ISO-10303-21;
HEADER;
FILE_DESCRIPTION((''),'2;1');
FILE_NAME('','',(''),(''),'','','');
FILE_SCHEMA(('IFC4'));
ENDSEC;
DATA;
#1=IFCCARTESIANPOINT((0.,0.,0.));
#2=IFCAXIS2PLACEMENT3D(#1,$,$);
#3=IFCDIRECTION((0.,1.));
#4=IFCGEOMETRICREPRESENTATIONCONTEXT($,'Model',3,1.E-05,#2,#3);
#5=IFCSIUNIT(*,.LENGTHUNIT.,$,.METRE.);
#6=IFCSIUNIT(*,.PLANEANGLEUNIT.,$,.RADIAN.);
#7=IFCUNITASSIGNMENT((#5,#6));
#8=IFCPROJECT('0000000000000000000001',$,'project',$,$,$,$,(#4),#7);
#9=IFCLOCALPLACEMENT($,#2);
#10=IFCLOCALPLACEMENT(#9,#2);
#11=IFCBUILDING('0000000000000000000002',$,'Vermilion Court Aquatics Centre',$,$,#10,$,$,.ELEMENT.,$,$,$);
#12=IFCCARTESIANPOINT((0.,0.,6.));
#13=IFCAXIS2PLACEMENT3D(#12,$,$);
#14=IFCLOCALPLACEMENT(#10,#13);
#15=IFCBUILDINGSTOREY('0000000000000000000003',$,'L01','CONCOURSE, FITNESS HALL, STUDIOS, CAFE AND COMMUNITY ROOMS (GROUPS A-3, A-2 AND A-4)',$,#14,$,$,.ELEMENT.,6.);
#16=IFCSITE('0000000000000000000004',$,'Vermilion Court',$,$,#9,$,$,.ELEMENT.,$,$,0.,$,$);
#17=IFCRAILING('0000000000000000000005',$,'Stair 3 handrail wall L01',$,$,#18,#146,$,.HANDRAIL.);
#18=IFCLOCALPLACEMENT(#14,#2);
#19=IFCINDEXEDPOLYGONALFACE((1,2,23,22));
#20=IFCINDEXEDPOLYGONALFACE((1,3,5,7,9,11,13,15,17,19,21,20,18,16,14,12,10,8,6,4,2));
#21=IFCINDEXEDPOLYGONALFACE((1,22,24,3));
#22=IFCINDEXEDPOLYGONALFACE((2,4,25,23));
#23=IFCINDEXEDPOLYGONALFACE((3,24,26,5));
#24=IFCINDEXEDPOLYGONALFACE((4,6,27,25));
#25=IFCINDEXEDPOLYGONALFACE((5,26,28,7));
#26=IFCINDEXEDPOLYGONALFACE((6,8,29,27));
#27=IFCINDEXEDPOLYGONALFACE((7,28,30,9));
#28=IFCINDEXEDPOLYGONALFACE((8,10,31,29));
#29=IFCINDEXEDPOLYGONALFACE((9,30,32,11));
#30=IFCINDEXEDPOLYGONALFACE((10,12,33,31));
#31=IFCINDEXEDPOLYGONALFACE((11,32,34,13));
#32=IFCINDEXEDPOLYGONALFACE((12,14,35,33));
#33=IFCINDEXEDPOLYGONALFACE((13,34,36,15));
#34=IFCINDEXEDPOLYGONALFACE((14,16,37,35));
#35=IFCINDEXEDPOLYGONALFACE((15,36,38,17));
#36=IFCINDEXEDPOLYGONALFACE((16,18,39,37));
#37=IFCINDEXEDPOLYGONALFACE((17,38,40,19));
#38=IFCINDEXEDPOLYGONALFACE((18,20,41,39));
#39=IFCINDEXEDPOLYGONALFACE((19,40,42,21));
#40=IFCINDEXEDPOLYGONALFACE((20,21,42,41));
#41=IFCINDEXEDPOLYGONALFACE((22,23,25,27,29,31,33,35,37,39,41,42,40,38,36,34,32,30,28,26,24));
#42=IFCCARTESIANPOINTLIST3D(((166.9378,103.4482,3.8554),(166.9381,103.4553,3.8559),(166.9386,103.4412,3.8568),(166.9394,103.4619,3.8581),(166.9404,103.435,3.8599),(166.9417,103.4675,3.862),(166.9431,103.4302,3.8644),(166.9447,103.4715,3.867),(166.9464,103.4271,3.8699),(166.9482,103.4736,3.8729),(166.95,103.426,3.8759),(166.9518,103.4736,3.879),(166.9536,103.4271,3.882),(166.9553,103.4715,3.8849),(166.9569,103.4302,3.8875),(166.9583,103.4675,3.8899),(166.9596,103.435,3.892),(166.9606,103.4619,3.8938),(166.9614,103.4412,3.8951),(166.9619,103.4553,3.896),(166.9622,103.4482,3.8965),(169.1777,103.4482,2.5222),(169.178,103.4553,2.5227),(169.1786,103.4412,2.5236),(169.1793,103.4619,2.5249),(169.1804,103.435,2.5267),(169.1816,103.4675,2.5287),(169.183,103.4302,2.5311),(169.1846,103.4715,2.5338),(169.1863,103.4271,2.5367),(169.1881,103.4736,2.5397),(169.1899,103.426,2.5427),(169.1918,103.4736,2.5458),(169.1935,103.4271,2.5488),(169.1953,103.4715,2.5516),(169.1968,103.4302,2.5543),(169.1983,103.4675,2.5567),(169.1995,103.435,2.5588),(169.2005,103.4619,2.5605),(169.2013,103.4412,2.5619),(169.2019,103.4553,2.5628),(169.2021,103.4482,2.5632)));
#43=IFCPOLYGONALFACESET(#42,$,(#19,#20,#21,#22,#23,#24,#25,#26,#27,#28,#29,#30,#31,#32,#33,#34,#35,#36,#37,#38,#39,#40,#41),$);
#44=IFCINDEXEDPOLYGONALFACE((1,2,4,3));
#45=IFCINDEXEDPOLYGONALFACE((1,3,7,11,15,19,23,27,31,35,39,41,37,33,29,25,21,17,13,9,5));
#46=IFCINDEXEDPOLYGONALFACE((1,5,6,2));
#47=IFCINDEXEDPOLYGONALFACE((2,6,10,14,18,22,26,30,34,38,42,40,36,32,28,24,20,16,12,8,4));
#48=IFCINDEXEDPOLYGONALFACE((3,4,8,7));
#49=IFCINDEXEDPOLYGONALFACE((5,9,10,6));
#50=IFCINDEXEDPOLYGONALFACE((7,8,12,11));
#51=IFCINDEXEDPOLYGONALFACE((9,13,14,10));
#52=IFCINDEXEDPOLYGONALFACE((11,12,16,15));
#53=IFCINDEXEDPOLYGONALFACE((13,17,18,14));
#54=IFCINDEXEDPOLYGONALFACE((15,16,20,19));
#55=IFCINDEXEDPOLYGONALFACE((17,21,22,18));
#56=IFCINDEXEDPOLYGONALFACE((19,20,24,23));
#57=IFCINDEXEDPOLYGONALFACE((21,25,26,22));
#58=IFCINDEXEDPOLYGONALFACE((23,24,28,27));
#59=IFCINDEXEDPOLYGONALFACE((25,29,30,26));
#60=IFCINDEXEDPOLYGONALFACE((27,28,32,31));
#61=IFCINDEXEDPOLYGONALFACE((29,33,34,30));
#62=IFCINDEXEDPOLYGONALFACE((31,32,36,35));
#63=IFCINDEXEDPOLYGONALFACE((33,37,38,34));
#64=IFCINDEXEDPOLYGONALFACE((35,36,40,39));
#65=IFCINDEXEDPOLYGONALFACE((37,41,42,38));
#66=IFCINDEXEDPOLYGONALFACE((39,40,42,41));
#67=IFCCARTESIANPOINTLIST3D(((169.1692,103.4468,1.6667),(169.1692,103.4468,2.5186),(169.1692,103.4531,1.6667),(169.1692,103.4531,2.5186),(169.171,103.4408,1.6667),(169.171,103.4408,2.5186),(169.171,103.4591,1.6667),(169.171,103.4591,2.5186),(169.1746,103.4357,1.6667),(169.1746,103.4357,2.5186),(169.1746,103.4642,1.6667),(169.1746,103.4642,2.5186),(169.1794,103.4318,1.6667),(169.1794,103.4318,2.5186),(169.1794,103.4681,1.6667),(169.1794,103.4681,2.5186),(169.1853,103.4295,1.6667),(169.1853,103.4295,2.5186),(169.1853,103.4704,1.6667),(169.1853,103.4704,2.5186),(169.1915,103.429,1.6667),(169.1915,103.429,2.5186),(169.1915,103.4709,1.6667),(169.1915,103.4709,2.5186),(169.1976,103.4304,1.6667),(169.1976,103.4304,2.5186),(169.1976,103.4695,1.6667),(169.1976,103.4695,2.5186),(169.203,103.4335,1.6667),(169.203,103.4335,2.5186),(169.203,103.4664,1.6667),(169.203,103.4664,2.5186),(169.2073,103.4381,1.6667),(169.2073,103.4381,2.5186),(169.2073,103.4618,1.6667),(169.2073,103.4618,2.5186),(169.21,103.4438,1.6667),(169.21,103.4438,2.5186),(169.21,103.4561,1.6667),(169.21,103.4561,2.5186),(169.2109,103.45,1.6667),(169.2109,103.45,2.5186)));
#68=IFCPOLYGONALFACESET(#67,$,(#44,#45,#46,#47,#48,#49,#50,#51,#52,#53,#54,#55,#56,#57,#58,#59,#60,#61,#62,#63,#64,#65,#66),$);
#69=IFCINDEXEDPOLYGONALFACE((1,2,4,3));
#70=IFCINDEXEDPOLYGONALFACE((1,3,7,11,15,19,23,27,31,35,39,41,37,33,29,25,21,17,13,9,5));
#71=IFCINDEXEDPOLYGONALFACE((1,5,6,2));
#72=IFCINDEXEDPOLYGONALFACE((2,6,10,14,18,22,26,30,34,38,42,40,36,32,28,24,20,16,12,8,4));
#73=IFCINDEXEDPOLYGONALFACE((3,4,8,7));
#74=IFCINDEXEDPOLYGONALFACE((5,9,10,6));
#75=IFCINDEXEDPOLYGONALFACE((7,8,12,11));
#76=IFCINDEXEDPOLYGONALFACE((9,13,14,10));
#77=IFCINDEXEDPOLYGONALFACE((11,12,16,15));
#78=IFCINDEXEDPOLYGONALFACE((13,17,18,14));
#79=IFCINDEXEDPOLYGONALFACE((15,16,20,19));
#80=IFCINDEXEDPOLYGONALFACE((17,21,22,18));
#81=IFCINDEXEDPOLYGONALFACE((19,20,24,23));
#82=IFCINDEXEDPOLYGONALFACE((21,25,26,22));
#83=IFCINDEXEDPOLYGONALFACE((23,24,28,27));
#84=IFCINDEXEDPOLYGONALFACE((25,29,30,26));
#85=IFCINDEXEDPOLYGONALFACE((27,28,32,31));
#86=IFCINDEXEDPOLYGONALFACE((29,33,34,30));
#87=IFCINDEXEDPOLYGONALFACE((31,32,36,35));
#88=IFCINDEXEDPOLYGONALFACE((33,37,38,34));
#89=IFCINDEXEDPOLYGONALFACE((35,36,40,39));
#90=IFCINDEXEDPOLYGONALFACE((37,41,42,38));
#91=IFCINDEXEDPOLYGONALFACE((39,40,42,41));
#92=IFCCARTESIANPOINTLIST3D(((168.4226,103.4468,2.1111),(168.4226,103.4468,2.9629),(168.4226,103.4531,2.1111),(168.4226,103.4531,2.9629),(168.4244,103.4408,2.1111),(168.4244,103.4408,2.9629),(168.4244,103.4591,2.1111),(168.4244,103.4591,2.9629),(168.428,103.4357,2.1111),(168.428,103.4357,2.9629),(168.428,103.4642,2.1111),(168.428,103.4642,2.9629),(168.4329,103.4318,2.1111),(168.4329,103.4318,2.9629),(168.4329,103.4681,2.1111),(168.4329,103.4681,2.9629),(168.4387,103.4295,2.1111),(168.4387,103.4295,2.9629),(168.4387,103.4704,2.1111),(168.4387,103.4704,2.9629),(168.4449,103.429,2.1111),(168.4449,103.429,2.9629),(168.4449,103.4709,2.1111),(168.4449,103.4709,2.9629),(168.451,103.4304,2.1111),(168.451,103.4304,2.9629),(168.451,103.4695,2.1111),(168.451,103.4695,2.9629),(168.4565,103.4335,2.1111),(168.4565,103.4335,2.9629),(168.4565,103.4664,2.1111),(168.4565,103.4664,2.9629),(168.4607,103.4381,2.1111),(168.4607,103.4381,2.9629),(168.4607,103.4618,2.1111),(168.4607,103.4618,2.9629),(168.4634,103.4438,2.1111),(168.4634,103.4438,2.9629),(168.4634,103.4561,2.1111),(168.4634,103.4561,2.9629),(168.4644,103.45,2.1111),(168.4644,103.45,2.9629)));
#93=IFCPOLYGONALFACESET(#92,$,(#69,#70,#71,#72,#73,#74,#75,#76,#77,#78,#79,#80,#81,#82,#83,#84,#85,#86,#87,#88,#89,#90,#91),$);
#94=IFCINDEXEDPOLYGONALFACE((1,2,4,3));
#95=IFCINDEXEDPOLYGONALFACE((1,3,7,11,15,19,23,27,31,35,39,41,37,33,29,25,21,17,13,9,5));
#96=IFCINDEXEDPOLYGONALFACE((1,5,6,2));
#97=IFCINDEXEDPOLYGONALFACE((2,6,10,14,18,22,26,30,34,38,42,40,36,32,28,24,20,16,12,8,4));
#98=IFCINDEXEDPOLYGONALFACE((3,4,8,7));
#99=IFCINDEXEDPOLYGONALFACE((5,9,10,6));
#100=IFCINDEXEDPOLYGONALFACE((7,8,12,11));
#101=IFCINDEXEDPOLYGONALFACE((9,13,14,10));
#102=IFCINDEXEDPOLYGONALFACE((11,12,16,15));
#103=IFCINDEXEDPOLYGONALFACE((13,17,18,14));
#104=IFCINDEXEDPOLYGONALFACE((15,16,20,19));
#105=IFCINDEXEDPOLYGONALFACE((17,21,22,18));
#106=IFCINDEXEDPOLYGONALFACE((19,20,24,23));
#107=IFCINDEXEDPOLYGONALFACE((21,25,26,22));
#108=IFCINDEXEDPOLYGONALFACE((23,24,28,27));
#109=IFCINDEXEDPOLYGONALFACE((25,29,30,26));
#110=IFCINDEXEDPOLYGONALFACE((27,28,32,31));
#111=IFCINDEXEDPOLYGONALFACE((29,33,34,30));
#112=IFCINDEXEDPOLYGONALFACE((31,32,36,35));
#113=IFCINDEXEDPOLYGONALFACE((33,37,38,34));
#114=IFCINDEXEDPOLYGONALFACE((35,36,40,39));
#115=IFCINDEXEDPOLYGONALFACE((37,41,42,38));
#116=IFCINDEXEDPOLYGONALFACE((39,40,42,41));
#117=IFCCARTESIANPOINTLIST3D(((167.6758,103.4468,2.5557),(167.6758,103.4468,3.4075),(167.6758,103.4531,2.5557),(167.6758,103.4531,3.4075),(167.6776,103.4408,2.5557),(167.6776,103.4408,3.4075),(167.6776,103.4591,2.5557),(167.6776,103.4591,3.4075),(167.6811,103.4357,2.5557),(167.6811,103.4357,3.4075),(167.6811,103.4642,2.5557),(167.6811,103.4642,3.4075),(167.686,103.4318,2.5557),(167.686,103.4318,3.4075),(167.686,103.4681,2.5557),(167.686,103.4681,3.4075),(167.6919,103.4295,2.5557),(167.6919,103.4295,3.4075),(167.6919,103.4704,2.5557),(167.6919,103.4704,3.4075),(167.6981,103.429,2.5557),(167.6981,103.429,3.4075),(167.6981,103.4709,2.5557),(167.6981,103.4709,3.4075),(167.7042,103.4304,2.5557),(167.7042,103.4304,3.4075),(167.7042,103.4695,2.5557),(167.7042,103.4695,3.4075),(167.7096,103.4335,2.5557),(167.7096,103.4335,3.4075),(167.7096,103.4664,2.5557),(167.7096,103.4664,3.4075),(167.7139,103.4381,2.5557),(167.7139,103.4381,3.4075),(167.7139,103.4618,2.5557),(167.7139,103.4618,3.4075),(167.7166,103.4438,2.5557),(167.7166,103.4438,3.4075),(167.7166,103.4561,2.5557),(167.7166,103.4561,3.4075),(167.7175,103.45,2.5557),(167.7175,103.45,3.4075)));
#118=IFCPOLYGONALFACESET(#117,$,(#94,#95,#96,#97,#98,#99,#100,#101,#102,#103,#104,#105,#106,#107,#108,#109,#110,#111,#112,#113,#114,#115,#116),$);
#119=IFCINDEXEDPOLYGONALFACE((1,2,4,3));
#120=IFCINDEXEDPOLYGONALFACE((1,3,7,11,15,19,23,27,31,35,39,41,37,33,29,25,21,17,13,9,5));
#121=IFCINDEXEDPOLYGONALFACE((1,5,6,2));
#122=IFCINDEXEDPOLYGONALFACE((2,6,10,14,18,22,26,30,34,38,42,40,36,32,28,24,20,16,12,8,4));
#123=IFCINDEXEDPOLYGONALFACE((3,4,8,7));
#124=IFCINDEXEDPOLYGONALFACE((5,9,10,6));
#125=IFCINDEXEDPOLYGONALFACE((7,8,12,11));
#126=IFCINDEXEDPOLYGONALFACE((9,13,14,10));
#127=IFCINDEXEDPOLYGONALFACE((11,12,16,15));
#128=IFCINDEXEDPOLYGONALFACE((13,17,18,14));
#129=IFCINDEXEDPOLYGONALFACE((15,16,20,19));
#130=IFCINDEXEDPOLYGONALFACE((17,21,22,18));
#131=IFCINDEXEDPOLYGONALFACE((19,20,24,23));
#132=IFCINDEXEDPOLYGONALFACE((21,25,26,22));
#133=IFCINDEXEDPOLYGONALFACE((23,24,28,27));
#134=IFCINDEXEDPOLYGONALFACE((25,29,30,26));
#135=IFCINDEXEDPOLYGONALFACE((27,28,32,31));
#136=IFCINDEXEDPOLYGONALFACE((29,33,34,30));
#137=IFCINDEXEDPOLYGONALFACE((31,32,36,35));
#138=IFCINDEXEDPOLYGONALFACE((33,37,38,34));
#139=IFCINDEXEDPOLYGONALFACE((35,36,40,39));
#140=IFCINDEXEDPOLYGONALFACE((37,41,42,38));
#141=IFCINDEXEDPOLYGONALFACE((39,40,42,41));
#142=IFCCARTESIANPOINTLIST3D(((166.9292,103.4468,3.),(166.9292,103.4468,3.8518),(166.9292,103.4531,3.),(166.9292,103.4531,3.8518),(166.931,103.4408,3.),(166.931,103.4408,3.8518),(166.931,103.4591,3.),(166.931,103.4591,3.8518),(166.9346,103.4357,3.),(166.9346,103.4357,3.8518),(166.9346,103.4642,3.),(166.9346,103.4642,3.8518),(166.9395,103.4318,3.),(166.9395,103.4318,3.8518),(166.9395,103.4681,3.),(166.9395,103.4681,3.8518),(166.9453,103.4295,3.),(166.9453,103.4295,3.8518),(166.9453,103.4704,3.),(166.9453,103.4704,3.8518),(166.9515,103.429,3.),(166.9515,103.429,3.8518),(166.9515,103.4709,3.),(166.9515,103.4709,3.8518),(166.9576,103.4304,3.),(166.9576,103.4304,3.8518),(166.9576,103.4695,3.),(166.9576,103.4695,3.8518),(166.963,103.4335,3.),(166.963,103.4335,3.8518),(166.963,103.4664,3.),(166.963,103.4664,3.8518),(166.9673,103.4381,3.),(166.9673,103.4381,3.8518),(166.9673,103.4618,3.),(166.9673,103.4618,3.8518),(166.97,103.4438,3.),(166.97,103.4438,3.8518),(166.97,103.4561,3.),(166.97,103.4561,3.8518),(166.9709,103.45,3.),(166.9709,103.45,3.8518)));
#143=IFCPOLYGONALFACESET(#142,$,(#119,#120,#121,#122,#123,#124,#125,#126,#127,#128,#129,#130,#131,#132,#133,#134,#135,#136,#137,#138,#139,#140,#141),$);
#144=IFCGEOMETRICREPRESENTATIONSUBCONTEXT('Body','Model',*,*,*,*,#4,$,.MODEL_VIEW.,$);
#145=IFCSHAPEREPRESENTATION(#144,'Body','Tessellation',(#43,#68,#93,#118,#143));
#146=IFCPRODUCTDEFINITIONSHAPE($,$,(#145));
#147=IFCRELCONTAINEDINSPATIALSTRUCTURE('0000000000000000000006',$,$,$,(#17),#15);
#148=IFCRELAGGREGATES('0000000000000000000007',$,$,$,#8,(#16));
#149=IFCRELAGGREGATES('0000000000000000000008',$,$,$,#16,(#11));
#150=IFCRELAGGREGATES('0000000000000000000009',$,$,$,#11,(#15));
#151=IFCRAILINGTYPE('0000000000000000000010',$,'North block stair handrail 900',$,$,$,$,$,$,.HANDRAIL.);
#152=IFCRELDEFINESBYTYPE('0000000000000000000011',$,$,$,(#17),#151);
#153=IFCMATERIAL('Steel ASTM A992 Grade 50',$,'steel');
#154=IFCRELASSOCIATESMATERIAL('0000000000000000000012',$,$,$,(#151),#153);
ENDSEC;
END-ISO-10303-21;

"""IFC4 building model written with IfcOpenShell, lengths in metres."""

from ifc_helpers import new_model, si_unit, direction, frame, origin, origin_2d, place, context, subcontext, project, spatial, circle, extrude, material, type_object, element, save


model = new_model("IFC4")

# Units and contexts
model_context = context("Model", 3, precision=1e-05, world=origin(), true_north=direction((0.0, 1.0)))
body_context = subcontext(model_context, "Body", "Model", "MODEL_VIEW")
ifc_project = project(units=[si_unit("LENGTHUNIT", "METRE"), si_unit("PLANEANGLEUNIT", "RADIAN")], contexts=[model_context])

# Site, building, storey
site_placement = place(None, origin())
site = spatial("IfcSite", under=ifc_project, at=site_placement, Name="Vermilion Court", CompositionType="ELEMENT", RefElevation=0.0)
building_placement = place(site_placement, origin())
building = spatial("IfcBuilding", under=site, at=building_placement, Name="Vermilion Court Aquatics Centre", CompositionType="ELEMENT")
storey_placement = place(building_placement, frame((0.0, 0.0, 6.0)))
storey = spatial("IfcBuildingStorey", under=building, at=storey_placement, Name="L01", Description="CONCOURSE, FITNESS HALL, STUDIOS, CAFE AND COMMUNITY ROOMS (GROUPS A-3, A-2 AND A-4)", CompositionType="ELEMENT", Elevation=6.0)

# Railing
ifc_material_1 = material(Name="Steel ASTM A992 Grade 50", Category="steel")
railing_type = type_object("IfcRailingType", Name="North block stair handrail 900", PredefinedType="HANDRAIL", material=ifc_material_1)
for number, where, name in (
    (1, (169.1899, 103.45, 1.6667), "Stair 3 handrail wall L01"),
):
    element("IfcRailing", number, at=place(storey_placement, frame(where)), inside=storey, type_object=railing_type, Name=name, PredefinedType="HANDRAIL", context=body_context, shape_type="SweptSolid", body=[
        extrude(circle(Radius=0.0239, at=origin_2d()), frame((0.0, 0.0, 0.876), z_axis=(-0.859306, 0.0, 0.511462), x_axis=(0.0, -1.0, 0.0)), (0.0, 0.0, 1.0), 2.6067),
        extrude(circle(Radius=0.021, at=origin_2d()), origin(), (0.0, 0.0, 1.0), 0.8518),
        extrude(circle(Radius=0.021, at=origin_2d()), frame((-0.7466, 0.0, 0.4443)), (0.0, 0.0, 1.0), 0.8518),
        extrude(circle(Radius=0.021, at=origin_2d()), frame((-1.4934, 0.0, 0.8889)), (0.0, 0.0, 1.0), 0.8518),
        extrude(circle(Radius=0.021, at=origin_2d()), frame((-2.24, 0.0, 1.3333)), (0.0, 0.0, 1.0), 0.8518),
    ])

save(model, "model.ifc")
